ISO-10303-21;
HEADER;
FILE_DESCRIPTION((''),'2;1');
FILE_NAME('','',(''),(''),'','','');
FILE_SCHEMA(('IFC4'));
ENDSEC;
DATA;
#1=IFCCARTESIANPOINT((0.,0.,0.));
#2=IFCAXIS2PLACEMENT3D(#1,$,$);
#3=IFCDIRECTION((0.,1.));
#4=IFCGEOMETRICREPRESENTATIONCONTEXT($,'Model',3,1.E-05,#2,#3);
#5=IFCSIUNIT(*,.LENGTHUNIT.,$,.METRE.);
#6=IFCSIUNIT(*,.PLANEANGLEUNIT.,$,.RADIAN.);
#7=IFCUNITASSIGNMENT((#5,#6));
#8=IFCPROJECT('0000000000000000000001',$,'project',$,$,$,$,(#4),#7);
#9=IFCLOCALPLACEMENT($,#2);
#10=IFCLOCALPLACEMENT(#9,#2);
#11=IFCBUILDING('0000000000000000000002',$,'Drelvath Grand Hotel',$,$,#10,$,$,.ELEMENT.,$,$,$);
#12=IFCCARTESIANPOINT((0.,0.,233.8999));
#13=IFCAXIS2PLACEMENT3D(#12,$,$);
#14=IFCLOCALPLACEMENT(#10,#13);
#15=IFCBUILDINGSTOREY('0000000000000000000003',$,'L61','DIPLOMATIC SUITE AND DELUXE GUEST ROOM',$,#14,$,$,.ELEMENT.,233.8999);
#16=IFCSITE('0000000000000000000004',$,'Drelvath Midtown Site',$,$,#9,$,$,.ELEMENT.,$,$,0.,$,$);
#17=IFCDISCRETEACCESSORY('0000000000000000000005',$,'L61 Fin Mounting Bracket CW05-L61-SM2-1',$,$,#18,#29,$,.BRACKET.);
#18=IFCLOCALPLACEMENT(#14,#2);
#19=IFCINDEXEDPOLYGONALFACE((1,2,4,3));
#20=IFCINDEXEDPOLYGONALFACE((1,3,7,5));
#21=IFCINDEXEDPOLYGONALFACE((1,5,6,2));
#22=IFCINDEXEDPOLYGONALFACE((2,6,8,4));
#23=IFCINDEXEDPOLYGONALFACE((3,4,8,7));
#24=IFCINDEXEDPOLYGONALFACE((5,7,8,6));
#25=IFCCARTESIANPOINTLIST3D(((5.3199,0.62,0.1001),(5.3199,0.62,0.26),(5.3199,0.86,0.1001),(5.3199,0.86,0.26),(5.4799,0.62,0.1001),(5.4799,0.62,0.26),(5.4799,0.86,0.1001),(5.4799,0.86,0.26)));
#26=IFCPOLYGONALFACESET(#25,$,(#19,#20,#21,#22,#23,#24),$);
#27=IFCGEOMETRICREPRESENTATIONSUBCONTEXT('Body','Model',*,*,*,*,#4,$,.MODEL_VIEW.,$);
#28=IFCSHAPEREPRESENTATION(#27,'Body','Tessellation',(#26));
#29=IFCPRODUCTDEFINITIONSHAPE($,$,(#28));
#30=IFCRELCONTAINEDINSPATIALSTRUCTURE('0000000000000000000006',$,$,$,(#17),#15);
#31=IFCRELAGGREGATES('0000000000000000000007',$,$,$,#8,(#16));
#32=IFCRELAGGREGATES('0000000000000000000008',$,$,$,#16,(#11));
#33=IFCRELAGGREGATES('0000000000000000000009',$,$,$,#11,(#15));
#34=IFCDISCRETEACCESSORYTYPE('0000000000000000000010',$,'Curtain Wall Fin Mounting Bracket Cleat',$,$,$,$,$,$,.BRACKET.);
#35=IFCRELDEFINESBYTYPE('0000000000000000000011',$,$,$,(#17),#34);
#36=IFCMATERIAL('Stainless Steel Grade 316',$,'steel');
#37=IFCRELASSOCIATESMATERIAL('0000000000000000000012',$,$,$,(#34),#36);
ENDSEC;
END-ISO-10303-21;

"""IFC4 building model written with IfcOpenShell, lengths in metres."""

from ifc_helpers import new_model, si_unit, direction, frame, origin, origin_2d, place, context, subcontext, project, spatial, rectangle, extrude, material, type_object, element, save


model = new_model("IFC4")

# Units and contexts
model_context = context("Model", 3, precision=1e-05, world=origin(), true_north=direction((0.0, 1.0)))
body_context = subcontext(model_context, "Body", "Model", "MODEL_VIEW")
ifc_project = project(units=[si_unit("LENGTHUNIT", "METRE"), si_unit("PLANEANGLEUNIT", "RADIAN")], contexts=[model_context])

# Site, building, storey
site_placement = place(None, origin())
site = spatial("IfcSite", under=ifc_project, at=site_placement, Name="Drelvath Midtown Site", CompositionType="ELEMENT", RefElevation=0.0)
building_placement = place(site_placement, origin())
building = spatial("IfcBuilding", under=site, at=building_placement, Name="Drelvath Grand Hotel", CompositionType="ELEMENT")
storey_placement = place(building_placement, frame((0.0, 0.0, 233.8999)))
storey = spatial("IfcBuildingStorey", under=building, at=storey_placement, Name="L61", Description="DIPLOMATIC SUITE AND DELUXE GUEST ROOM", CompositionType="ELEMENT", Elevation=233.8999)

# Discrete accessory
ifc_material_1 = material(Name="Stainless Steel Grade 316", Category="steel")
discrete_accessory_type = type_object("IfcDiscreteAccessoryType", Name="Curtain Wall Fin Mounting Bracket Cleat", PredefinedType="BRACKET", material=ifc_material_1)
discrete_accessory_placement = place(storey_placement, frame((5.3999, 0.74, 0.1001), z_axis=(0.0, 0.0, 1.0), x_axis=(-1.0, 0.0, 0.0)))
element("IfcDiscreteAccessory", 1, at=discrete_accessory_placement, inside=storey, type_object=discrete_accessory_type, Name="L61 Fin Mounting Bracket CW05-L61-SM2-1", PredefinedType="BRACKET", context=body_context, shape_type="SweptSolid", body=[
    extrude(rectangle(XDim=0.1599, YDim=0.24, at=origin_2d()), origin(), (0.0, 0.0, 1.0), 0.1599),
])

save(model, "model.ifc")
